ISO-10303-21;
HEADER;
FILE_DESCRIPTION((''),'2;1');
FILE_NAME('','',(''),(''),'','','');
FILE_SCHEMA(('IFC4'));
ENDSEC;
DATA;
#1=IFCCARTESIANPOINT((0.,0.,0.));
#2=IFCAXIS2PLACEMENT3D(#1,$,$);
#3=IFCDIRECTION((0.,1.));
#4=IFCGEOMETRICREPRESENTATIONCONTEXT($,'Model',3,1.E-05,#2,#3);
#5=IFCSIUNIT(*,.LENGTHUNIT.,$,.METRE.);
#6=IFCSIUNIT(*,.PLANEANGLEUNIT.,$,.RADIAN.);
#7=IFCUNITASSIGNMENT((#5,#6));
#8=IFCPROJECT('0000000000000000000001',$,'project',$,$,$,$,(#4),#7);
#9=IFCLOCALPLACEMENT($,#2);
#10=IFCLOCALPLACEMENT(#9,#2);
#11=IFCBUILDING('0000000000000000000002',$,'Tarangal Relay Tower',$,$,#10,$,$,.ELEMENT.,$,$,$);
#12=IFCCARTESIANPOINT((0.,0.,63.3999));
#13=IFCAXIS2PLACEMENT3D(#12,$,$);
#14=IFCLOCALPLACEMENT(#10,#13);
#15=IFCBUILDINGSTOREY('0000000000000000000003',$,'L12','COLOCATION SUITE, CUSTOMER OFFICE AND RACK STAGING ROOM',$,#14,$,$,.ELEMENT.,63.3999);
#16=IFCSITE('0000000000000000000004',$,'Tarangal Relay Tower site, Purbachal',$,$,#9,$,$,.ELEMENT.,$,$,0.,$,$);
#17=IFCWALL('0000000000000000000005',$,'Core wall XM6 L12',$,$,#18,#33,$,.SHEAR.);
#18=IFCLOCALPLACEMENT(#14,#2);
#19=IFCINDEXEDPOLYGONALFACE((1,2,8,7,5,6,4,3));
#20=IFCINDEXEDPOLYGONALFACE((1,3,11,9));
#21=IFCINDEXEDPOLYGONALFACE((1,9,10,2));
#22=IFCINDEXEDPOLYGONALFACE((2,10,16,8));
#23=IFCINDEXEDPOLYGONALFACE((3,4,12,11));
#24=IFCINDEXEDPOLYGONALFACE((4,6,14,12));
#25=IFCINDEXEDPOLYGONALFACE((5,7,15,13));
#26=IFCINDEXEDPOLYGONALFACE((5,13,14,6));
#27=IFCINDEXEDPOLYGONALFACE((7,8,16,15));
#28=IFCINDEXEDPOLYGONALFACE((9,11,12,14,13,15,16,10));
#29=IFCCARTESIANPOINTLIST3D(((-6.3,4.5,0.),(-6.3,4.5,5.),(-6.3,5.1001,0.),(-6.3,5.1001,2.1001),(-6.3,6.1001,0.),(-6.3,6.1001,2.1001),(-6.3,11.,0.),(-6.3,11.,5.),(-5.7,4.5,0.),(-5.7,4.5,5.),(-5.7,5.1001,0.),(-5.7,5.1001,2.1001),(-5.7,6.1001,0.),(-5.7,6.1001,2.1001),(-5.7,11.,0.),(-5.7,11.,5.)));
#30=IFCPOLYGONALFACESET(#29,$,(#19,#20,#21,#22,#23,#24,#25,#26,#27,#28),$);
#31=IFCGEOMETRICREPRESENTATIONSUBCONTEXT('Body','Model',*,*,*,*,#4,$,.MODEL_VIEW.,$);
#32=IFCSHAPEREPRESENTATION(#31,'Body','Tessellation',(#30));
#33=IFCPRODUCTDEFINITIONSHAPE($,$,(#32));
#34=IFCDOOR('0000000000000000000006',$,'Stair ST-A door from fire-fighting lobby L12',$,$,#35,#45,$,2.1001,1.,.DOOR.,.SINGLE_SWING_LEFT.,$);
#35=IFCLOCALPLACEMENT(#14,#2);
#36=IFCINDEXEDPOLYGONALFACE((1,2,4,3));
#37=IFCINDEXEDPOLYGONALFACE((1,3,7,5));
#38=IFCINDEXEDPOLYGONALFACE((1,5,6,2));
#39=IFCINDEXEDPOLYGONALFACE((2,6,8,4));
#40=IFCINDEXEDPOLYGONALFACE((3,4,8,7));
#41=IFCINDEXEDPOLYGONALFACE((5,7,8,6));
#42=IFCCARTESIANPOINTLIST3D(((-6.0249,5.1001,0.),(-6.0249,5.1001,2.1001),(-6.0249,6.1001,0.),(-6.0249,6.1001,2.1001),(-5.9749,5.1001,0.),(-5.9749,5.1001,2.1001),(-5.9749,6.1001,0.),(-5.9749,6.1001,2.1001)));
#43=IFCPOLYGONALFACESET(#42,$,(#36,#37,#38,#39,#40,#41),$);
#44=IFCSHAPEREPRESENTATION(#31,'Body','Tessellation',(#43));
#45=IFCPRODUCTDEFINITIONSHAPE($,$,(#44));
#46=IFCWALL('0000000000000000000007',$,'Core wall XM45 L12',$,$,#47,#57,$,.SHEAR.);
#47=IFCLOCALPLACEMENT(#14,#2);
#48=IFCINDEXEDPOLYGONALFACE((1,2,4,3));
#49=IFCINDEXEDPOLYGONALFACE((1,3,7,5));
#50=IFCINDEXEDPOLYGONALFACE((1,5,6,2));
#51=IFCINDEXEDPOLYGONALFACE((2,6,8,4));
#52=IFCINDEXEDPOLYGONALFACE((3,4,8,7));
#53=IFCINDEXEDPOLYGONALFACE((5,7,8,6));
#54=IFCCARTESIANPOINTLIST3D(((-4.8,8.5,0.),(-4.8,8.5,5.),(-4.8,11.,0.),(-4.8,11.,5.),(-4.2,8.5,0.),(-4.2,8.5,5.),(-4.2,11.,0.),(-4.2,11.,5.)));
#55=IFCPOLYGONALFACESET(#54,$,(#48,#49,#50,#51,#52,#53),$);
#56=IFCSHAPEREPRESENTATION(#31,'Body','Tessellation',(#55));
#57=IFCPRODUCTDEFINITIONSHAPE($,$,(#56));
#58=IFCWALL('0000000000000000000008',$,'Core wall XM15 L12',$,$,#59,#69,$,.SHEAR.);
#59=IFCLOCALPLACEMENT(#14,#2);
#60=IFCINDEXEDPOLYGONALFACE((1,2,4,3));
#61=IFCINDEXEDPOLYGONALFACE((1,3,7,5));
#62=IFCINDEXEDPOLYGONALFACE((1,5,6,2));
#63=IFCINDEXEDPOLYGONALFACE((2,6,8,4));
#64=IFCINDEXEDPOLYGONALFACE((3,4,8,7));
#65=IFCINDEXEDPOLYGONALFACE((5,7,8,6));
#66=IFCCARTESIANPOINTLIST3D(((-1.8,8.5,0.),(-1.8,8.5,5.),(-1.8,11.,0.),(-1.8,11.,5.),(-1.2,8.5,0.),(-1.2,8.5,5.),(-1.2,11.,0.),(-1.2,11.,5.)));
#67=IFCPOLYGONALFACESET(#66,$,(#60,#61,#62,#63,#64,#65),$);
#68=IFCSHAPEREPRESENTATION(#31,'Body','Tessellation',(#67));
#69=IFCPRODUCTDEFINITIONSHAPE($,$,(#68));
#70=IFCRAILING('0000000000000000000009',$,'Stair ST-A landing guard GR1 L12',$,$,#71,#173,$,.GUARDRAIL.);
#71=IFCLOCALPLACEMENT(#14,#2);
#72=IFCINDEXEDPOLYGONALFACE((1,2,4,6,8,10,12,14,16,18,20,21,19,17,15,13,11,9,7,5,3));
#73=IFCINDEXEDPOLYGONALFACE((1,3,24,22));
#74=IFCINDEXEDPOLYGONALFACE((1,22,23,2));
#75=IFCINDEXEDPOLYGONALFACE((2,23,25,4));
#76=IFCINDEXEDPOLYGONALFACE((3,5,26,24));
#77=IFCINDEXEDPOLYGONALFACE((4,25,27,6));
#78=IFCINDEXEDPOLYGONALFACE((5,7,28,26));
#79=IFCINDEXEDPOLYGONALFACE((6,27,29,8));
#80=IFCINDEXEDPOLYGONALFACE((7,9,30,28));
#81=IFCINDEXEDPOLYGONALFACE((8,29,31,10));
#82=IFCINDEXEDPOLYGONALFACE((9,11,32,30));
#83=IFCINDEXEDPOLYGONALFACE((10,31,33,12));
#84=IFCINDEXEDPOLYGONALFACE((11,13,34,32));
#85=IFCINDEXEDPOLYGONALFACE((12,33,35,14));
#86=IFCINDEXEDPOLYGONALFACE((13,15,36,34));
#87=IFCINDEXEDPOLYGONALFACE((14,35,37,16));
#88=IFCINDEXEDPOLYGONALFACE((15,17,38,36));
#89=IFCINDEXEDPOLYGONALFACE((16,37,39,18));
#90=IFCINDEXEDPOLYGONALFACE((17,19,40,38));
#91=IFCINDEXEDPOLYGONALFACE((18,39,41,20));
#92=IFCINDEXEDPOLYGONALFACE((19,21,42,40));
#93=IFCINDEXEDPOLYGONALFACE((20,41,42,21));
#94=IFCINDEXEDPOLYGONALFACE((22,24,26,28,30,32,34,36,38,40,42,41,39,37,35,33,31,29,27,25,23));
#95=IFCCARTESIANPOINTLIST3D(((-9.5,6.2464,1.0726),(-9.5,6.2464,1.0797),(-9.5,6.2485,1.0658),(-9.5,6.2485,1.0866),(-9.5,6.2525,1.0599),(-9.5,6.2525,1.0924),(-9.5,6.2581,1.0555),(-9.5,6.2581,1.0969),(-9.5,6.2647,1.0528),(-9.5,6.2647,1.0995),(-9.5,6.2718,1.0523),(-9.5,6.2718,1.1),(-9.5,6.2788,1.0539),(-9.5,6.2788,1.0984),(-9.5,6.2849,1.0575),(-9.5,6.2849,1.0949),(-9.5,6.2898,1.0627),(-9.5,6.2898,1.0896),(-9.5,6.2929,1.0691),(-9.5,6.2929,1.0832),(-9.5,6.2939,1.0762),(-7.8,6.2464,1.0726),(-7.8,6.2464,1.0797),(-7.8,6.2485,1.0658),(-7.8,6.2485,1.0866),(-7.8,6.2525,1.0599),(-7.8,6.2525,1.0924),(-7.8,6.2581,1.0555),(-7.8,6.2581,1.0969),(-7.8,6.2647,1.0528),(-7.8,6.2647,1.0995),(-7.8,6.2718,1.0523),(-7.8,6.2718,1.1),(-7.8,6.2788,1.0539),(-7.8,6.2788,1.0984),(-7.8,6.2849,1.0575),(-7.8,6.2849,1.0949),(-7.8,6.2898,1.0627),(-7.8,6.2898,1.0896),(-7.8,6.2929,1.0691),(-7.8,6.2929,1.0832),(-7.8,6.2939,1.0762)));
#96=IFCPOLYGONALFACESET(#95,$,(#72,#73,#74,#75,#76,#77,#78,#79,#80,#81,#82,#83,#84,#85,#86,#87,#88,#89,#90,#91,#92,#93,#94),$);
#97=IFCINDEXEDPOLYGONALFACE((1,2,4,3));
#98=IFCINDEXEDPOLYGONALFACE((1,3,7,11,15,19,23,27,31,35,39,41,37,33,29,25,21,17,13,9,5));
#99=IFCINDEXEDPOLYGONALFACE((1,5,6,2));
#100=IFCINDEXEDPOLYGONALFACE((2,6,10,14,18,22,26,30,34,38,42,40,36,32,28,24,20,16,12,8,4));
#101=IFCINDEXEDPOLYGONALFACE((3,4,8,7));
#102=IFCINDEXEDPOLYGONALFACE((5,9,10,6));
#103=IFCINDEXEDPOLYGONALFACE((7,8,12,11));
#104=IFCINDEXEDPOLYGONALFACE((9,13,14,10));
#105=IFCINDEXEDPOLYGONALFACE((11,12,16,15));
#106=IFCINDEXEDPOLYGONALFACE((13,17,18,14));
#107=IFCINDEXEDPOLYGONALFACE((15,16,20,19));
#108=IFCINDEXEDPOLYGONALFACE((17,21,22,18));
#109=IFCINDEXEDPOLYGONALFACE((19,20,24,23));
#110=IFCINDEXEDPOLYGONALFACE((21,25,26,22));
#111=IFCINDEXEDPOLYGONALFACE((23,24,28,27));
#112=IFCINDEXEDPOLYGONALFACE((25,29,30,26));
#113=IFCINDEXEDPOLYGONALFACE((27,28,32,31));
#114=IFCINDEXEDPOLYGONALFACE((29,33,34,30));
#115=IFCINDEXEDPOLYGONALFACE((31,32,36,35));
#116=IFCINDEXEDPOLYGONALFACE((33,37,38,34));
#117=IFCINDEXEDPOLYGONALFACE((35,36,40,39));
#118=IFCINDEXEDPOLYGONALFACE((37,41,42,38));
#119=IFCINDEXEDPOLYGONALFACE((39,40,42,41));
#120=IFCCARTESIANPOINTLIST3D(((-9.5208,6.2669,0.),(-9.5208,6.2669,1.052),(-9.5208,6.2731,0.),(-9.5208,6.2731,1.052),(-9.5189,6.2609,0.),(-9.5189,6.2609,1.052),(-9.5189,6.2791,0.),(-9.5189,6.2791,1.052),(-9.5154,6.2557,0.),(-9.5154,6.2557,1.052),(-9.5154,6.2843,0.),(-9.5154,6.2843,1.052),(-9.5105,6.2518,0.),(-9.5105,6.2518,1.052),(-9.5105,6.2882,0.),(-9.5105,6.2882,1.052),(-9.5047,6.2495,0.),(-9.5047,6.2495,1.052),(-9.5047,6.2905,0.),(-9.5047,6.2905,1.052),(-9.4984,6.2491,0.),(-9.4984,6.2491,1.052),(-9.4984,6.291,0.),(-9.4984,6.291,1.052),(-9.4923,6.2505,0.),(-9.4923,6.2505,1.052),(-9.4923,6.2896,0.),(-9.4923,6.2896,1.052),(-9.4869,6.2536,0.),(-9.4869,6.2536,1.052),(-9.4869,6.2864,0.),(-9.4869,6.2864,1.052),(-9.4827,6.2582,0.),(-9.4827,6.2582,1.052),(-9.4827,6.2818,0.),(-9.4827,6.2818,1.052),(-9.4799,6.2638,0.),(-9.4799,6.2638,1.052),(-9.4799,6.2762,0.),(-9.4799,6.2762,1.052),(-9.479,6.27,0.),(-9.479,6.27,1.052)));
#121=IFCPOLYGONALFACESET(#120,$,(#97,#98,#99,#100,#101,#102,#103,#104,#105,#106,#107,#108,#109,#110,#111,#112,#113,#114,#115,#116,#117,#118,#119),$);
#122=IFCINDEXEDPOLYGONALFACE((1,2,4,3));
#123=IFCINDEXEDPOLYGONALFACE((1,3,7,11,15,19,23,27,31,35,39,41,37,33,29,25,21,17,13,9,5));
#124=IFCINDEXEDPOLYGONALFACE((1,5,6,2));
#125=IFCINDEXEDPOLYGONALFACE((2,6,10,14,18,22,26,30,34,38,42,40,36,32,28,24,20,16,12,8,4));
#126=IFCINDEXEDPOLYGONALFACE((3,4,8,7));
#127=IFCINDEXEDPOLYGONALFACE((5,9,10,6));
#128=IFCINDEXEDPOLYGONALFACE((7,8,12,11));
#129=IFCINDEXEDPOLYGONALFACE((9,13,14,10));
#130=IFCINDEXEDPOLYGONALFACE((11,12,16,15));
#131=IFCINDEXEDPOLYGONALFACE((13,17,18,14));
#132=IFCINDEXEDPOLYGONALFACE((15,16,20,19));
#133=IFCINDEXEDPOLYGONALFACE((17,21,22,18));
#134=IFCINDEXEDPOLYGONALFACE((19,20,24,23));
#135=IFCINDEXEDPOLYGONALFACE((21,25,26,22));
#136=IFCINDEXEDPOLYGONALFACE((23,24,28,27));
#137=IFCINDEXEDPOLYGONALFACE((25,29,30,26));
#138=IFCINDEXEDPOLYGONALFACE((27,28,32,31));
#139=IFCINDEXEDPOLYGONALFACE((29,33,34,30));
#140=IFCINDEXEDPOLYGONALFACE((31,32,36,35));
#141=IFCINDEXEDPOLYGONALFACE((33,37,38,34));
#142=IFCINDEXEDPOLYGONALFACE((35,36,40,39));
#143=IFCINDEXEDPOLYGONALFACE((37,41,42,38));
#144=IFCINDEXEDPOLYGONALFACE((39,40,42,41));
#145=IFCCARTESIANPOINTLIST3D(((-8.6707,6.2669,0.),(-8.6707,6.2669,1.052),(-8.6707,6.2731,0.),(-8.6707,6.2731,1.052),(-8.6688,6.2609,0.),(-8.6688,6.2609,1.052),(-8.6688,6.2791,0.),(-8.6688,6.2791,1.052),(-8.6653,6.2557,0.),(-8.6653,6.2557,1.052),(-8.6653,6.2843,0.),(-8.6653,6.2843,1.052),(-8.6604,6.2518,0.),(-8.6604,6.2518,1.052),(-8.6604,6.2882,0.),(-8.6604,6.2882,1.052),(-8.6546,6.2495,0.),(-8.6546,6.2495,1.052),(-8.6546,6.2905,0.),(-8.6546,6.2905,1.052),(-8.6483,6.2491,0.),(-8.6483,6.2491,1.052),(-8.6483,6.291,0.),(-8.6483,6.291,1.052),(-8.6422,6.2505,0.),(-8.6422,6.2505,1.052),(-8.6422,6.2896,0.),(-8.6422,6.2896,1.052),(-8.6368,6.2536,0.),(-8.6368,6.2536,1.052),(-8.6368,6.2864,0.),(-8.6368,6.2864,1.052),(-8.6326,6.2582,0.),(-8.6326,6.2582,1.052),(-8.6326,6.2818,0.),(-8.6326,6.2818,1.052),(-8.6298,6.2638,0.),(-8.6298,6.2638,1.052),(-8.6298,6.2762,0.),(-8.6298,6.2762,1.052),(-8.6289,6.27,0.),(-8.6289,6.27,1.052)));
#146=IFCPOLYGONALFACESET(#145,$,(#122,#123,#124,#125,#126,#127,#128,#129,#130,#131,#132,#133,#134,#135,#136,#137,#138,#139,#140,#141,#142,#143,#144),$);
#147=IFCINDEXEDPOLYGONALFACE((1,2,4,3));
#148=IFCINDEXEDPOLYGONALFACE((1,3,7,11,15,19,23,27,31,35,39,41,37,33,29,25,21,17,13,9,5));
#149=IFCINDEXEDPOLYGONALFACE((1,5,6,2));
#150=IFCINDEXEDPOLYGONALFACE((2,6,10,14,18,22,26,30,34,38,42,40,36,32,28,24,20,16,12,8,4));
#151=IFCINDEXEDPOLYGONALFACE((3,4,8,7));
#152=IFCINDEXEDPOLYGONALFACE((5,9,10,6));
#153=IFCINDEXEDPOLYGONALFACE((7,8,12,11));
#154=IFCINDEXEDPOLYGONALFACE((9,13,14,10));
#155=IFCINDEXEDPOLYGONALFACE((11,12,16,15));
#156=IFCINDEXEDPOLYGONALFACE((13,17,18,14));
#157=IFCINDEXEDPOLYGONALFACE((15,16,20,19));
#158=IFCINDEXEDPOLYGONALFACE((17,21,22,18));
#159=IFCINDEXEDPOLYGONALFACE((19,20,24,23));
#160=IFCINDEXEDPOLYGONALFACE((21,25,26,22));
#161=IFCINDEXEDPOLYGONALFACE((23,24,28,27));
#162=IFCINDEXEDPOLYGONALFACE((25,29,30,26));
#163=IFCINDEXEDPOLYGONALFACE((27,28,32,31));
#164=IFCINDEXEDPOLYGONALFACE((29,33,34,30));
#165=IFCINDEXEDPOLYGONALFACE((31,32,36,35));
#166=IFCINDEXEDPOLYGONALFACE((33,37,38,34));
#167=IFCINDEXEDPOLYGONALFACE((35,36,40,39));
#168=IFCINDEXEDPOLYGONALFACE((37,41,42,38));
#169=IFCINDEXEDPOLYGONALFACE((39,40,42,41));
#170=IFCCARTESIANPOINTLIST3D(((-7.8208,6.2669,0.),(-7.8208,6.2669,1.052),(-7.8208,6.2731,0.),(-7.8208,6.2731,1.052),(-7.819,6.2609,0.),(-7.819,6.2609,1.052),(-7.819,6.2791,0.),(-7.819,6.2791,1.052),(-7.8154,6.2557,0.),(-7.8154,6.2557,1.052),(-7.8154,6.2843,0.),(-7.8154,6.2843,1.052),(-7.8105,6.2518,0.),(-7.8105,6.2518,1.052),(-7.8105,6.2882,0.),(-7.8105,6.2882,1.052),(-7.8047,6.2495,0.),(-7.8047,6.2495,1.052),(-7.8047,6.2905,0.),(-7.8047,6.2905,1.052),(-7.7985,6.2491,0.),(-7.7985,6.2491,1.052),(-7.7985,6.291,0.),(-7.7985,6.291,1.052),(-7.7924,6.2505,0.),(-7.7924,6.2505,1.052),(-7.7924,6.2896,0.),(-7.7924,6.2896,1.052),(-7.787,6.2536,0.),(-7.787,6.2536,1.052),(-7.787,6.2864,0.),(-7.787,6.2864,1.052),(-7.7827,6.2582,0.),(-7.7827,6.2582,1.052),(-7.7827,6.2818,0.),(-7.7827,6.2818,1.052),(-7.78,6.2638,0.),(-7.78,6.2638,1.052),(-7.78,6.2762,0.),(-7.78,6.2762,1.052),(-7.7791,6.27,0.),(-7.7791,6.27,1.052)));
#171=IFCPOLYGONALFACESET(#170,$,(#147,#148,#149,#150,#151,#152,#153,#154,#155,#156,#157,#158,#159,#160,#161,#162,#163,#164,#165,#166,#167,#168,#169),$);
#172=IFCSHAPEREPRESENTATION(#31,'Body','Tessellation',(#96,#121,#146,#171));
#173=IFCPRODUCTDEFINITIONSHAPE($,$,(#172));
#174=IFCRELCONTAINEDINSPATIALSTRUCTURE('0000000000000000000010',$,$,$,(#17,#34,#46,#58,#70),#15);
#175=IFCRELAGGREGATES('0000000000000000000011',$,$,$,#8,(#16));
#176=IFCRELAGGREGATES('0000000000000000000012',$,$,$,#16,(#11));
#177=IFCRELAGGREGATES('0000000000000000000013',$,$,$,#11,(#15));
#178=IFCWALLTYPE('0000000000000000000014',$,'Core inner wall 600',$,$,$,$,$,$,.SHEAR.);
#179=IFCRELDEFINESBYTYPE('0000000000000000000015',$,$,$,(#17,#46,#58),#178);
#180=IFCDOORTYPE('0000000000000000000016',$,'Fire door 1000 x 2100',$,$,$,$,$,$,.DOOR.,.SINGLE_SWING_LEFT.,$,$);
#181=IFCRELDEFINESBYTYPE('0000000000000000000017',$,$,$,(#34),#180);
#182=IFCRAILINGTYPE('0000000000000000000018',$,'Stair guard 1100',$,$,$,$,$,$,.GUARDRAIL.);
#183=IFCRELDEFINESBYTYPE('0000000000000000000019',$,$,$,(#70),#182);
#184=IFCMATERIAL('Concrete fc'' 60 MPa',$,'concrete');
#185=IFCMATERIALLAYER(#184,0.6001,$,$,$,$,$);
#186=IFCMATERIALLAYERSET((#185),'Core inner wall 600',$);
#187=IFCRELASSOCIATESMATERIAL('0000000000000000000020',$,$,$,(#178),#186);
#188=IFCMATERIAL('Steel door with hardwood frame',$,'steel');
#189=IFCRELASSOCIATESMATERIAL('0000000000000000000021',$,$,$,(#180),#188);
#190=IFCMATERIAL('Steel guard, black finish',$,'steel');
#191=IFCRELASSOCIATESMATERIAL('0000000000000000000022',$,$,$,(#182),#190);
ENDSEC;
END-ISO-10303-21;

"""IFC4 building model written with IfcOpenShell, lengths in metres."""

from ifc_helpers import new_model, si_unit, direction, frame, frame_2d, origin, origin_2d, place, context, subcontext, project, spatial, rectangle, circle, extrude, material, layer, layer_set, type_object, element, fill, save


model = new_model("IFC4")

# Units and contexts
model_context = context("Model", 3, precision=1e-05, world=origin(), true_north=direction((0.0, 1.0)))
body_context = subcontext(model_context, "Body", "Model", "MODEL_VIEW")
ifc_project = project(units=[si_unit("LENGTHUNIT", "METRE"), si_unit("PLANEANGLEUNIT", "RADIAN")], contexts=[model_context])

# Site, building, storey
site_placement = place(None, origin())
site = spatial("IfcSite", under=ifc_project, at=site_placement, Name="Tarangal Relay Tower site, Purbachal", CompositionType="ELEMENT", RefElevation=0.0)
building_placement = place(site_placement, origin())
building = spatial("IfcBuilding", under=site, at=building_placement, Name="Tarangal Relay Tower", CompositionType="ELEMENT")
storey_placement = place(building_placement, frame((0.0, 0.0, 63.3999)))
storey = spatial("IfcBuildingStorey", under=building, at=storey_placement, Name="L12", Description="COLOCATION SUITE, CUSTOMER OFFICE AND RACK STAGING ROOM", CompositionType="ELEMENT", Elevation=63.3999)

# Shared definitions
ifc_material_1 = material(Name="Concrete fc' 60 MPa", Category="concrete")
ifc_layer_1 = layer(ifc_material_1, 0.6001)
ifc_layer_set_1 = layer_set([ifc_layer_1], Name="Core inner wall 600")
wall_type = type_object("IfcWallType", Name="Core inner wall 600", PredefinedType="SHEAR", material=ifc_layer_set_1)
ifc_material_2 = material(Name="Steel door with hardwood frame", Category="steel")

# Wall, opening, door
wall_1_placement = place(storey_placement, frame((-6.0, 4.5, 0.0), z_axis=(0.0, 0.0, 1.0), x_axis=(0.0, 1.0, 0.0)))
wall_1 = element("IfcWall", 1, at=wall_1_placement, inside=storey, type_object=wall_type, Name="Core wall XM6 L12", PredefinedType="SHEAR", context=body_context, shape_type="SweptSolid", body=[
    extrude(rectangle(XDim=6.5, YDim=0.6001, at=frame_2d((3.25, 0.0))), origin(), (0.0, 0.0, 1.0), 5.0),
])
opening_1_placement = place(wall_1_placement, frame((0.6001, 0.0, 0.0)))
opening_1 = element("IfcOpeningElement", 2, at=opening_1_placement, cuts=wall_1, PredefinedType="OPENING", context=body_context, shape_type="SweptSolid", body=[
    extrude(rectangle(XDim=1.0, YDim=2.1001, at=frame_2d((0.5, 1.05))), frame((0.0, 0.3101, 0.0), z_axis=(0.0, -1.0, 0.0), x_axis=(1.0, 0.0, 0.0)), (0.0, 0.0, 1.0), 0.6201),
])
door_type_1 = type_object("IfcDoorType", Name="Fire door 1000 x 2100", OperationType="SINGLE_SWING_LEFT", PredefinedType="DOOR", material=ifc_material_2)
door_1_placement = place(opening_1_placement, origin())
door_1 = element("IfcDoor", 3, at=door_1_placement, inside=storey, type_object=door_type_1, Name="Stair ST-A door from fire-fighting lobby L12", OperationType="SINGLE_SWING_LEFT", OverallHeight=2.1001, OverallWidth=1.0, PredefinedType="DOOR", context=body_context, shape_type="SweptSolid", body=[
    extrude(rectangle(XDim=1.0, YDim=2.1001, at=frame_2d((0.5, 1.05))), frame((0.0, 0.0249, 0.0), z_axis=(0.0, -1.0, 0.0), x_axis=(1.0, 0.0, 0.0)), (0.0, 0.0, 1.0), 0.05),
])
fill(opening_1, door_1)

# Walls
for number, where, z_axis, x_axis, name in (
    (4, (-4.5, 8.5, 0.0), (0.0, 0.0, 1.0), (0.0, 1.0, 0.0), "Core wall XM45 L12"),
    (5, (-1.5, 8.5, 0.0), (0.0, 0.0, 1.0), (0.0, 1.0, 0.0), "Core wall XM15 L12"),
):
    element("IfcWall", number, at=place(storey_placement, frame(where, z_axis=z_axis, x_axis=x_axis)), inside=storey, type_object=wall_type, Name=name, PredefinedType="SHEAR", context=body_context, shape_type="SweptSolid", body=[
        extrude(rectangle(XDim=2.5, YDim=0.6001, at=frame_2d((1.25, 0.0))), origin(), (0.0, 0.0, 1.0), 5.0),
    ])

# Railing
ifc_material_3 = material(Name="Steel guard, black finish", Category="steel")
railing_type = type_object("IfcRailingType", Name="Stair guard 1100", PredefinedType="GUARDRAIL", material=ifc_material_3)
for number, where, name in (
    (6, (-9.5, 6.27, 0.0), "Stair ST-A landing guard GR1 L12"),
):
    element("IfcRailing", number, at=place(storey_placement, frame(where)), inside=storey, type_object=railing_type, Name=name, PredefinedType="GUARDRAIL", context=body_context, shape_type="SweptSolid", body=[
        extrude(circle(Radius=0.0239, at=origin_2d()), frame((0.0, 0.0, 1.0762), z_axis=(1.0, 0.0, 0.0), x_axis=(0.0, 1.0, 0.0)), (0.0, 0.0, 1.0), 1.7),
        extrude(circle(Radius=0.021, at=origin_2d()), origin(), (0.0, 0.0, 1.0), 1.052),
        extrude(circle(Radius=0.021, at=origin_2d()), frame((0.8501, 0.0, 0.0)), (0.0, 0.0, 1.0), 1.052),
        extrude(circle(Radius=0.021, at=origin_2d()), frame((1.7, 0.0, 0.0)), (0.0, 0.0, 1.0), 1.052),
    ])

save(model, "model.ifc")
